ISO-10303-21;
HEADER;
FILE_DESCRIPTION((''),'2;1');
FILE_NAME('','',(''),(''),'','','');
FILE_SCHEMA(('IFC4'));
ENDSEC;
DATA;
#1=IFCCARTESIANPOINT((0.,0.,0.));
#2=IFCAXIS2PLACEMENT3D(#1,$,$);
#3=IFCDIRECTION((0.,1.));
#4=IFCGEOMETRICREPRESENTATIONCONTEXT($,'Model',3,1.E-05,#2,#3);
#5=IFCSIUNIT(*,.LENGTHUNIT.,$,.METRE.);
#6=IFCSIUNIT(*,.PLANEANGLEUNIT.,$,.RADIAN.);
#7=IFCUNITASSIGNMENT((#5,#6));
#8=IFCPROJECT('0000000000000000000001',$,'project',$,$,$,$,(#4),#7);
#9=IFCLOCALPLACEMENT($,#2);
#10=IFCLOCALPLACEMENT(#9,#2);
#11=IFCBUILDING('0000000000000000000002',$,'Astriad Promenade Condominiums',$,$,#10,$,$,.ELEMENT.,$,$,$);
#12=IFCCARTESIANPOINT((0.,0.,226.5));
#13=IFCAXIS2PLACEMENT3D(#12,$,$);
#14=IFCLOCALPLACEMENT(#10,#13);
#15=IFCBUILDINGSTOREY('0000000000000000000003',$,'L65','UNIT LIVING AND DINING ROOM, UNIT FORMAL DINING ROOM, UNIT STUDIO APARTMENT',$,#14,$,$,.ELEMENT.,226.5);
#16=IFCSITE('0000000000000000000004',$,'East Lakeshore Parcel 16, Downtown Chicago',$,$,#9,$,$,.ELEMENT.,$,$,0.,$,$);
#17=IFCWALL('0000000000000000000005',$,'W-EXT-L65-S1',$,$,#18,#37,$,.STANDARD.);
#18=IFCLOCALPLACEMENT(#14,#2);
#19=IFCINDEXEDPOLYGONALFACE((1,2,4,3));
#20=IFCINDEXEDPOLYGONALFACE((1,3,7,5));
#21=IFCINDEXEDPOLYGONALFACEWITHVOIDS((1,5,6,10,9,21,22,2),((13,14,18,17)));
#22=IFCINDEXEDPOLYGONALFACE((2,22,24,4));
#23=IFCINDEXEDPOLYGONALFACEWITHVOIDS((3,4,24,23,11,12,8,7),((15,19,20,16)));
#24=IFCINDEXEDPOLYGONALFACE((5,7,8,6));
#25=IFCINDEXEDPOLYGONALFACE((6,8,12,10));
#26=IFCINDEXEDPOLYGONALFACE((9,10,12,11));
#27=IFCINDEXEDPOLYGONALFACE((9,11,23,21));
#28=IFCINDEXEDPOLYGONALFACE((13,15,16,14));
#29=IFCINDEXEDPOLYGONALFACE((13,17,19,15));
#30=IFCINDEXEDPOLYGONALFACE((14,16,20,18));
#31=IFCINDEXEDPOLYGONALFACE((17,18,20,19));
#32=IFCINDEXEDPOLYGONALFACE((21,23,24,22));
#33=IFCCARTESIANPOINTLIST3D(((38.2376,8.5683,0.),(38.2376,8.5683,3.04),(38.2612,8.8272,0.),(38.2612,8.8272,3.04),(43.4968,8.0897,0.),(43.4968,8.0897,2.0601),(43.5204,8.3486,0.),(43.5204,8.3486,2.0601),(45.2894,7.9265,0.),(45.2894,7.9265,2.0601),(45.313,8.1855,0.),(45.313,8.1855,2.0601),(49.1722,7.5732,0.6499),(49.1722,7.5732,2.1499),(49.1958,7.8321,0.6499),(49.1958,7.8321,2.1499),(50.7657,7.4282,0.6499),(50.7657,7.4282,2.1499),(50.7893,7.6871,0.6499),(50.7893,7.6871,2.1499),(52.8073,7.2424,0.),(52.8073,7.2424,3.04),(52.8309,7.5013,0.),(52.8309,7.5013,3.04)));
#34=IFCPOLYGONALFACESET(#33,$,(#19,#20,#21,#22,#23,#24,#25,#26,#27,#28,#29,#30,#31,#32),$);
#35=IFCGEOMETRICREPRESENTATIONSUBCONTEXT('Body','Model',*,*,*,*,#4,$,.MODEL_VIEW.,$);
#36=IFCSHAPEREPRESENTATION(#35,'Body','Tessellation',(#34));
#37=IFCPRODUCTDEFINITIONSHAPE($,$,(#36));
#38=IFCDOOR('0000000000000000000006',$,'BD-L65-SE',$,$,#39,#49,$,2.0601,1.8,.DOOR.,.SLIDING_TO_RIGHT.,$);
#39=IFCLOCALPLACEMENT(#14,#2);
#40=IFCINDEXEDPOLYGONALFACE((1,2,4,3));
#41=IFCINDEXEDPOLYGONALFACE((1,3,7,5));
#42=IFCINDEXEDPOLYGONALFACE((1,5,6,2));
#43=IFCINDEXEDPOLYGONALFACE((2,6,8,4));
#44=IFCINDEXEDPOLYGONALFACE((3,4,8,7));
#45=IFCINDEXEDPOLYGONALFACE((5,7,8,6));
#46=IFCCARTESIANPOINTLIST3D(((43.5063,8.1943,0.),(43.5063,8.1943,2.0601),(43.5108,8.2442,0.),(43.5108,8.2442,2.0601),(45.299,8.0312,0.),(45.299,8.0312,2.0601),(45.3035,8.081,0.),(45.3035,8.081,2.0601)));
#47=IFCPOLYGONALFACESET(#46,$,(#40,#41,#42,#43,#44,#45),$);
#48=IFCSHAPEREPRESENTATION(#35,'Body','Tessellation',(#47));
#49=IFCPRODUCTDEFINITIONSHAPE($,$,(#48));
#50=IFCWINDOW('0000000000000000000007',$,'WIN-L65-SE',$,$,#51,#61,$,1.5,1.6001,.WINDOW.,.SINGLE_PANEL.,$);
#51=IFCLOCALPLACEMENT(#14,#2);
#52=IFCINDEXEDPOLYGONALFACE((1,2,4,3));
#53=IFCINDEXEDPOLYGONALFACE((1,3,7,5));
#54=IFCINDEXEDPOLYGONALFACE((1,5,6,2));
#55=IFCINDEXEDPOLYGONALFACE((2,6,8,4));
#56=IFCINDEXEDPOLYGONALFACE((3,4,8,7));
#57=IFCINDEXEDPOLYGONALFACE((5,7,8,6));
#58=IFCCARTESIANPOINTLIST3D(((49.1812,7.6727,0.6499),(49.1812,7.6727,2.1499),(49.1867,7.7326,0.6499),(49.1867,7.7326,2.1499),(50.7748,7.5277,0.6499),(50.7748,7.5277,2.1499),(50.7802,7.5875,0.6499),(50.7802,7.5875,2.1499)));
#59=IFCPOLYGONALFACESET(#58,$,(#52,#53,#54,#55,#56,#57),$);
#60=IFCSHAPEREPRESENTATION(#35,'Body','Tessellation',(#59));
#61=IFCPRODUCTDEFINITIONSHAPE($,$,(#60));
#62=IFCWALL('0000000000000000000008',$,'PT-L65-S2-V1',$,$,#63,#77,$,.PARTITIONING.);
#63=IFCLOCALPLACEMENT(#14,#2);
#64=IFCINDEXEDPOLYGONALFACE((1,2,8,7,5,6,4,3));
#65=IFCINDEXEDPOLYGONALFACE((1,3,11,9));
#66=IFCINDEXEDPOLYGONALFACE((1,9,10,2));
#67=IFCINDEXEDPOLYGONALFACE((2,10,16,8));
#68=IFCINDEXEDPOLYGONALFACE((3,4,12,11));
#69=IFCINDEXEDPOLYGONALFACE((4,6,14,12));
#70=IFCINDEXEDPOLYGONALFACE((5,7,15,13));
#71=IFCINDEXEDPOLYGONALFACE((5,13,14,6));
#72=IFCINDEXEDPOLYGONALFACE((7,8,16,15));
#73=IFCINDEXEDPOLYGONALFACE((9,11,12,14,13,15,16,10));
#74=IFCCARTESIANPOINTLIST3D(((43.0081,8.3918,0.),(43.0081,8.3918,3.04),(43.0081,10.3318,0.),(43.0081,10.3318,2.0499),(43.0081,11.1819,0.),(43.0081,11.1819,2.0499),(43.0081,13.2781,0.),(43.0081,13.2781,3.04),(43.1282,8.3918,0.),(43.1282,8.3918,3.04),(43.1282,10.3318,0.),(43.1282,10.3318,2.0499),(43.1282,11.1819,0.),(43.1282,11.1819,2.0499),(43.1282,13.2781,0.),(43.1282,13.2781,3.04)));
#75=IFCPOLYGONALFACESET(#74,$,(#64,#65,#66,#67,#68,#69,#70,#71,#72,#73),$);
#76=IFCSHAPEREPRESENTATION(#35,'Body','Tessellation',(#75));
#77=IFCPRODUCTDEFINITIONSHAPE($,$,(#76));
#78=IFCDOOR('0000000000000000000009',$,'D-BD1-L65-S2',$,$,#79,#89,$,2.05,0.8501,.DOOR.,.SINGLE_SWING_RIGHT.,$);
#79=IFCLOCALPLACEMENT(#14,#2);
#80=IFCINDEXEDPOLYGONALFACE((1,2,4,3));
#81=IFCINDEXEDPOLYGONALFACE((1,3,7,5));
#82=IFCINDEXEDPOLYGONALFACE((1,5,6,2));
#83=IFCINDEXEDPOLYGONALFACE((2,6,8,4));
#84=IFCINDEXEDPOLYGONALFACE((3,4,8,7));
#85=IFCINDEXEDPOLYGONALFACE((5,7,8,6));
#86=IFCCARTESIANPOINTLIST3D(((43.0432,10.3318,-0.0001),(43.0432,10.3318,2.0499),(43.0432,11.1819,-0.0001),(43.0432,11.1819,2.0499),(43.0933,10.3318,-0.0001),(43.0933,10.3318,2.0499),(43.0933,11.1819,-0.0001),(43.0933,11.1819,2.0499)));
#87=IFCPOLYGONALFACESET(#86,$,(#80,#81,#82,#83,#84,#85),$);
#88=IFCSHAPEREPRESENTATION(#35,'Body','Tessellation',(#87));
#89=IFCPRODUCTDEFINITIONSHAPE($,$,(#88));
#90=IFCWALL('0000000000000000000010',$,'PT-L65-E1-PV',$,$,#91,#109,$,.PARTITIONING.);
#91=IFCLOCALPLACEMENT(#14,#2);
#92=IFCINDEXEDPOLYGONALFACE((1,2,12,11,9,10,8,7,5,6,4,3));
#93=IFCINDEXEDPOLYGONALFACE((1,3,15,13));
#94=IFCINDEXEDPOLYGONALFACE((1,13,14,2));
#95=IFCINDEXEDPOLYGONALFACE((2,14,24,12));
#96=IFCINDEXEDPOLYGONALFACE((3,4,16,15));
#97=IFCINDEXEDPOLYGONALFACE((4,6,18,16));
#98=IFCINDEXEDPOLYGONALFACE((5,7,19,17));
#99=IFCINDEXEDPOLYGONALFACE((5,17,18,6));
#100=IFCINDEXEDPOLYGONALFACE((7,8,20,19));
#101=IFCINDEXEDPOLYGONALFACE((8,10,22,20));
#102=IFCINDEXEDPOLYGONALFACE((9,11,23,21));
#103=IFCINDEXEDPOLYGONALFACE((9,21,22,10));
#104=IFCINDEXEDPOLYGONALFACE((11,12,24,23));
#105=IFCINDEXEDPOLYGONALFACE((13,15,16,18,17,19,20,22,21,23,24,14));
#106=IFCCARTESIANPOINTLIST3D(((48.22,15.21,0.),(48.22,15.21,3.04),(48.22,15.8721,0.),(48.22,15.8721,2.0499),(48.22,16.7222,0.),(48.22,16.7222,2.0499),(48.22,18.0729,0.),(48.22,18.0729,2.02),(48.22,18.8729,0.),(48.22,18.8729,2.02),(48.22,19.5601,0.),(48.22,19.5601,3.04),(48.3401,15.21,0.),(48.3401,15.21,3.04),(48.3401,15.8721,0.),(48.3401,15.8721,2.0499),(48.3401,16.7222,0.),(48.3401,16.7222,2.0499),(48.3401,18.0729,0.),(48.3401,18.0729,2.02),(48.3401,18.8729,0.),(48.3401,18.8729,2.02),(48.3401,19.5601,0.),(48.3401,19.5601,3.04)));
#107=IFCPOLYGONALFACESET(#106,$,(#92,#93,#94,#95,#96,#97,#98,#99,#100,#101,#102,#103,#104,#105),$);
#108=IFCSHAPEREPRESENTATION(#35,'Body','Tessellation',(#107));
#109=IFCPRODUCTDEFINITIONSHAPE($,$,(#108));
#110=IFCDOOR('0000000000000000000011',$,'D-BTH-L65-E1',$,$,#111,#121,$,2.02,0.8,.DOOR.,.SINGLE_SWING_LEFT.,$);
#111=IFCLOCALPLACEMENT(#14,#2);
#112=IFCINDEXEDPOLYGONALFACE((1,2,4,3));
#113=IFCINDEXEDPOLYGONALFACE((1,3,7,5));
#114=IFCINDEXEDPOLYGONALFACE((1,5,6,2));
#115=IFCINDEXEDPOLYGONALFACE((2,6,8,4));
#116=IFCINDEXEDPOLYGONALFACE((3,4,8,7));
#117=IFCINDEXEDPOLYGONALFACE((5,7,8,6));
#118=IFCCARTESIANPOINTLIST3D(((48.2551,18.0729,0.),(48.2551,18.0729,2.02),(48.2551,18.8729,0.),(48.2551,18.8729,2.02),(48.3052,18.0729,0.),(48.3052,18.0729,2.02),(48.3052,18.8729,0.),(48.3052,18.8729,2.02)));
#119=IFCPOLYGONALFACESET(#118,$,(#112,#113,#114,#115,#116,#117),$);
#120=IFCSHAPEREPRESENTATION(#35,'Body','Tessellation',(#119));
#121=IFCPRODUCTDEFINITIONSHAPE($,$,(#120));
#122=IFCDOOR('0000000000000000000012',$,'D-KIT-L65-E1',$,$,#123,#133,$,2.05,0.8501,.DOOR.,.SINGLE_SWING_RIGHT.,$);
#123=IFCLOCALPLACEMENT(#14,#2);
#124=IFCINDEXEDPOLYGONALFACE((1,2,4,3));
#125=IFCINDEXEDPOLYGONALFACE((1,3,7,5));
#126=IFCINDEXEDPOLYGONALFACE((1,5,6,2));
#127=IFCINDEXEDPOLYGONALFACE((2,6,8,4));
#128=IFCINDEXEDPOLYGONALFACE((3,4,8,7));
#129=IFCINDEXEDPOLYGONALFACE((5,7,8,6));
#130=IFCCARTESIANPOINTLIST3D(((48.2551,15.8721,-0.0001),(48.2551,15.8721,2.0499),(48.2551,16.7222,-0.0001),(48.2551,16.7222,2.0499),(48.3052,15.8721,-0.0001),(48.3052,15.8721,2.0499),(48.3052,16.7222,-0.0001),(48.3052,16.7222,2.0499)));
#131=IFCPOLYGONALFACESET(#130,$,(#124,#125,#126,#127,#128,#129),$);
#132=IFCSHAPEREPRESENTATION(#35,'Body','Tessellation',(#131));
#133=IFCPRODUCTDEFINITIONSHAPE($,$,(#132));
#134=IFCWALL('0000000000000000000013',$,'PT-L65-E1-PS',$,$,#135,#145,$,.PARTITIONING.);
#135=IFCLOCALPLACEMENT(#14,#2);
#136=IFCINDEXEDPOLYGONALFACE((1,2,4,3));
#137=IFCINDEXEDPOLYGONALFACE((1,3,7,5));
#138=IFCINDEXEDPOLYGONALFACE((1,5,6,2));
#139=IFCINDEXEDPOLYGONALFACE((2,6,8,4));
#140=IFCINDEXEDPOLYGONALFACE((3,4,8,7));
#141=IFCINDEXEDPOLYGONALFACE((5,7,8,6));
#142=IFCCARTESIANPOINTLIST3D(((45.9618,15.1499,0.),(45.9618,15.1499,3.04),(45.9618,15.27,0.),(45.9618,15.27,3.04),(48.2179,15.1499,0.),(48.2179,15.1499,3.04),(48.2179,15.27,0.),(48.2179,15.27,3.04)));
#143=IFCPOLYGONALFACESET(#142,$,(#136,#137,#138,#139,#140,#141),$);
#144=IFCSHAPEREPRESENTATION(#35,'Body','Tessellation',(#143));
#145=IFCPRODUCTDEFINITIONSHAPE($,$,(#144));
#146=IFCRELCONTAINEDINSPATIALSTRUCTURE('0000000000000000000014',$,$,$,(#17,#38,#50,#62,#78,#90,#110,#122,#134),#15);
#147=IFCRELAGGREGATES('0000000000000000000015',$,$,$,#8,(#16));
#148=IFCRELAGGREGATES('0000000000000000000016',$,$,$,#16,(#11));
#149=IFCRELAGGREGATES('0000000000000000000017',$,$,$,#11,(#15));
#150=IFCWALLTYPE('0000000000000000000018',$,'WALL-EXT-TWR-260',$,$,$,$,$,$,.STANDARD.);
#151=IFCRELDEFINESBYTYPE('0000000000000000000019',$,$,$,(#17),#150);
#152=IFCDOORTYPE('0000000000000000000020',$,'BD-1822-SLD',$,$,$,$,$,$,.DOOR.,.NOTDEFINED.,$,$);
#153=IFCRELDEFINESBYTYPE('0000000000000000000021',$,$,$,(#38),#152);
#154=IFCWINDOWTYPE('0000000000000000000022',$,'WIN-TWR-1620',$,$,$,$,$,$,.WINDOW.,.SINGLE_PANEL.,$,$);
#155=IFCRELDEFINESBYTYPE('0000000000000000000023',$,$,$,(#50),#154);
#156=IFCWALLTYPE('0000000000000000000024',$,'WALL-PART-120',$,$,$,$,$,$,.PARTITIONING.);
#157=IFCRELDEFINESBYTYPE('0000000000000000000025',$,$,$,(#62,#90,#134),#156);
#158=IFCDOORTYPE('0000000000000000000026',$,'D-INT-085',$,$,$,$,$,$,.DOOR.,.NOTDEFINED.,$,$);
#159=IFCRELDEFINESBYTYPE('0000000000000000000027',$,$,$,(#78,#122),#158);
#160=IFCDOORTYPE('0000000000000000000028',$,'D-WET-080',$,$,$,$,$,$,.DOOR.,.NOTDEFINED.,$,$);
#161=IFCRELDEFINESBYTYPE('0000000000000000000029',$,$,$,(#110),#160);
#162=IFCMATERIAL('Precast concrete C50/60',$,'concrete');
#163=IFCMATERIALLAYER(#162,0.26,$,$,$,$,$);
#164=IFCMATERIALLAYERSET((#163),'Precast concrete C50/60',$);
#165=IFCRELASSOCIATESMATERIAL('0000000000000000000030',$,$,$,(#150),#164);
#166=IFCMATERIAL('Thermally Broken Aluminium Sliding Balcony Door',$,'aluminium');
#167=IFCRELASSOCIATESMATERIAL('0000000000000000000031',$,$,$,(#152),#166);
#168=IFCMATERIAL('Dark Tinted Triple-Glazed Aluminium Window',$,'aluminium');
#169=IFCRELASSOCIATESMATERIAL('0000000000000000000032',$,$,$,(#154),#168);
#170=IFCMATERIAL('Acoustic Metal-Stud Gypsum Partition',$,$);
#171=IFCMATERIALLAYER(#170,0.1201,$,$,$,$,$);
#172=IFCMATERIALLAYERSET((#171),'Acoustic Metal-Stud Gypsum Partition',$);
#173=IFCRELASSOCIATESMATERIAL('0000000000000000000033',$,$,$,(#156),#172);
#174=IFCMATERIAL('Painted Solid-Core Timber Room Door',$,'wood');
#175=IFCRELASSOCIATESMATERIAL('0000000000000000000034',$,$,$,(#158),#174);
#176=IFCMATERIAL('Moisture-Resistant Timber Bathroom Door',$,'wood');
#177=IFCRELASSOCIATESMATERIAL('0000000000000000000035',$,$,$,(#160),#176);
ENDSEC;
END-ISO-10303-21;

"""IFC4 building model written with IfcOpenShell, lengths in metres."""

from ifc_helpers import new_model, si_unit, direction, frame, frame_2d, origin, place, context, subcontext, project, spatial, rectangle, extrude, source, transform, mapped, material, layer, layer_set, type_object, type_shapes, element, fill, save


model = new_model("IFC4")

# Units and contexts
model_context = context("Model", 3, precision=1e-05, world=origin(), true_north=direction((0.0, 1.0)))
body_context = subcontext(model_context, "Body", "Model", "MODEL_VIEW")
ifc_project = project(units=[si_unit("LENGTHUNIT", "METRE"), si_unit("PLANEANGLEUNIT", "RADIAN")], contexts=[model_context])

# Site, building, storey
site_placement = place(None, origin())
site = spatial("IfcSite", under=ifc_project, at=site_placement, Name="East Lakeshore Parcel 16, Downtown Chicago", CompositionType="ELEMENT", RefElevation=0.0)
building_placement = place(site_placement, origin())
building = spatial("IfcBuilding", under=site, at=building_placement, Name="Astriad Promenade Condominiums", CompositionType="ELEMENT")
storey_placement = place(building_placement, frame((0.0, 0.0, 226.5)))
storey = spatial("IfcBuildingStorey", under=building, at=storey_placement, Name="L65", Description="UNIT LIVING AND DINING ROOM, UNIT FORMAL DINING ROOM, UNIT STUDIO APARTMENT", CompositionType="ELEMENT", Elevation=226.5)

# Shared definitions
ifc_material_1 = material(Name="Precast concrete C50/60", Category="concrete")
ifc_layer_1 = layer(ifc_material_1, 0.26)
ifc_layer_set_1 = layer_set([ifc_layer_1], Name="Precast concrete C50/60")
wall_type_1 = type_object("IfcWallType", Name="WALL-EXT-TWR-260", PredefinedType="STANDARD", material=ifc_layer_set_1)

# Wall, openings, door, window
wall_1_placement = place(storey_placement, frame((52.8191, 7.3718, 0.0), z_axis=(0.0, 0.0, 1.0), x_axis=(-0.995884, 0.090632, 0.0)))
wall_1 = element("IfcWall", 1, at=wall_1_placement, inside=storey, type_object=wall_type_1, Name="W-EXT-L65-S1", PredefinedType="STANDARD", context=body_context, shape_type="SweptSolid", body=[
    extrude(rectangle(XDim=14.6299, YDim=0.26, at=frame_2d((7.3149, 0.0))), origin(), (0.0, 0.0, 1.0), 3.04),
])
opening_1_placement = place(wall_1_placement, frame((7.5491, 0.0, 0.0)))
opening_1 = element("IfcOpeningElement", 2, at=opening_1_placement, cuts=wall_1, PredefinedType="OPENING", context=body_context, shape_type="SweptSolid", body=[
    extrude(rectangle(XDim=1.8, YDim=2.0601, at=frame_2d((0.8999, 1.03))), frame((0.0, 0.1399, 0.0), z_axis=(0.0, -1.0, 0.0), x_axis=(1.0, 0.0, 0.0)), (0.0, 0.0, 1.0), 0.28),
])
opening_2_placement = place(wall_1_placement, frame((2.05, 0.0, 0.6499)))
opening_2 = element("IfcOpeningElement", 3, at=opening_2_placement, cuts=wall_1, PredefinedType="OPENING", context=body_context, shape_type="SweptSolid", body=[
    extrude(rectangle(XDim=1.6001, YDim=1.5, at=frame_2d((0.8, 0.75))), frame((0.0, 0.1399, 0.0), z_axis=(0.0, -1.0, 0.0), x_axis=(1.0, 0.0, 0.0)), (0.0, 0.0, 1.0), 0.28),
])
ifc_material_2 = material(Name="Thermally Broken Aluminium Sliding Balcony Door", Category="aluminium")
door_type_1 = type_object("IfcDoorType", Name="BD-1822-SLD", OperationType="NOTDEFINED", PredefinedType="DOOR", material=ifc_material_2)
shared_shape_1 = source(origin(), body_context, "Body", "SweptSolid", [
    extrude(rectangle(XDim=1.8, YDim=2.0601, at=frame_2d((0.8999, 1.03))), frame((0.0, 0.0249, 0.0), z_axis=(0.0, -1.0, 0.0), x_axis=(1.0, 0.0, 0.0)), (0.0, 0.0, 1.0), 0.05),
])
type_shapes(door_type_1, [shared_shape_1])
door_1_placement = place(opening_1_placement, origin())
door_1 = element("IfcDoor", 4, at=door_1_placement, inside=storey, type_object=door_type_1, Name="BD-L65-SE", OperationType="SLIDING_TO_RIGHT", OverallHeight=2.0601, OverallWidth=1.8, PredefinedType="DOOR", context=body_context, shape_type="MappedRepresentation", body=[
    mapped(shared_shape_1, transform((0.0, 0.0, 0.0), scale=1.0)),
])
fill(opening_1, door_1)
ifc_material_3 = material(Name="Dark Tinted Triple-Glazed Aluminium Window", Category="aluminium")
window_type = type_object("IfcWindowType", Name="WIN-TWR-1620", PartitioningType="SINGLE_PANEL", PredefinedType="WINDOW", material=ifc_material_3)
shared_shape_2 = source(origin(), body_context, "Body", "SweptSolid", [
    extrude(rectangle(XDim=1.6001, YDim=1.5, at=frame_2d((0.8, 0.75))), frame((0.0, 0.03, 0.0), z_axis=(0.0, -1.0, 0.0), x_axis=(1.0, 0.0, 0.0)), (0.0, 0.0, 1.0), 0.0601),
])
type_shapes(window_type, [shared_shape_2])
window_placement = place(opening_2_placement, origin())
window = element("IfcWindow", 5, at=window_placement, inside=storey, type_object=window_type, Name="WIN-L65-SE", OverallHeight=1.5, OverallWidth=1.6001, PartitioningType="SINGLE_PANEL", PredefinedType="WINDOW", context=body_context, shape_type="MappedRepresentation", body=[
    mapped(shared_shape_2, transform((0.0, 0.0, 0.0), scale=1.0)),
])
fill(opening_2, window)

# Wall, opening, door
ifc_material_4 = material(Name="Acoustic Metal-Stud Gypsum Partition")
ifc_layer_2 = layer(ifc_material_4, 0.1201)
ifc_layer_set_2 = layer_set([ifc_layer_2], Name="Acoustic Metal-Stud Gypsum Partition")
wall_type_2 = type_object("IfcWallType", Name="WALL-PART-120", PredefinedType="PARTITIONING", material=ifc_layer_set_2)
wall_2_placement = place(storey_placement, frame((43.0681, 8.3918, 0.0), z_axis=(0.0, 0.0, 1.0), x_axis=(0.0, 1.0, 0.0)))
wall_2 = element("IfcWall", 6, at=wall_2_placement, inside=storey, type_object=wall_type_2, Name="PT-L65-S2-V1", PredefinedType="PARTITIONING", context=body_context, shape_type="SweptSolid", body=[
    extrude(rectangle(XDim=4.8862, YDim=0.1201, at=frame_2d((2.4431, 0.0))), origin(), (0.0, 0.0, 1.0), 3.04),
])
opening_3_placement = place(wall_2_placement, frame((1.9399, 0.0, 0.0)))
opening_3 = element("IfcOpeningElement", 7, at=opening_3_placement, cuts=wall_2, PredefinedType="OPENING", context=body_context, shape_type="SweptSolid", body=[
    extrude(rectangle(XDim=0.8501, YDim=2.05, at=frame_2d((0.425, 1.0249))), frame((0.0, 0.0701, 0.0), z_axis=(0.0, -1.0, 0.0), x_axis=(1.0, 0.0, 0.0)), (0.0, 0.0, 1.0), 0.1401),
])
ifc_material_5 = material(Name="Painted Solid-Core Timber Room Door", Category="wood")
door_type_2 = type_object("IfcDoorType", Name="D-INT-085", OperationType="NOTDEFINED", PredefinedType="DOOR", material=ifc_material_5)
shared_shape_3 = source(origin(), body_context, "Body", "SweptSolid", [
    extrude(rectangle(XDim=0.8501, YDim=2.05, at=frame_2d((0.425, 1.0249))), frame((0.0, 0.0249, 0.0), z_axis=(0.0, -1.0, 0.0), x_axis=(1.0, 0.0, 0.0)), (0.0, 0.0, 1.0), 0.05),
])
type_shapes(door_type_2, [shared_shape_3])
door_2_placement = place(opening_3_placement, origin())
door_2 = element("IfcDoor", 8, at=door_2_placement, inside=storey, type_object=door_type_2, Name="D-BD1-L65-S2", OperationType="SINGLE_SWING_RIGHT", OverallHeight=2.05, OverallWidth=0.8501, PredefinedType="DOOR", context=body_context, shape_type="MappedRepresentation", body=[
    mapped(shared_shape_3, transform((0.0, 0.0, 0.0), scale=1.0)),
])
fill(opening_3, door_2)

# Wall, openings, doors
wall_3_placement = place(storey_placement, frame((48.28, 15.21, 0.0), z_axis=(0.0, 0.0, 1.0), x_axis=(0.0, 1.0, 0.0)))
wall_3 = element("IfcWall", 9, at=wall_3_placement, inside=storey, type_object=wall_type_2, Name="PT-L65-E1-PV", PredefinedType="PARTITIONING", context=body_context, shape_type="SweptSolid", body=[
    extrude(rectangle(XDim=4.3501, YDim=0.1201, at=frame_2d((2.175, 0.0))), origin(), (0.0, 0.0, 1.0), 3.04),
])
opening_4_placement = place(wall_3_placement, frame((0.6621, 0.0, 0.0)))
opening_4 = element("IfcOpeningElement", 10, at=opening_4_placement, cuts=wall_3, PredefinedType="OPENING", context=body_context, shape_type="SweptSolid", body=[
    extrude(rectangle(XDim=0.8501, YDim=2.05, at=frame_2d((0.425, 1.0249))), frame((0.0, 0.0701, 0.0), z_axis=(0.0, -1.0, 0.0), x_axis=(1.0, 0.0, 0.0)), (0.0, 0.0, 1.0), 0.1401),
])
opening_5_placement = place(wall_3_placement, frame((2.863, 0.0, 0.0)))
opening_5 = element("IfcOpeningElement", 11, at=opening_5_placement, cuts=wall_3, PredefinedType="OPENING", context=body_context, shape_type="SweptSolid", body=[
    extrude(rectangle(XDim=0.8, YDim=2.02, at=frame_2d((0.3999, 1.01))), frame((0.0, 0.0701, 0.0), z_axis=(0.0, -1.0, 0.0), x_axis=(1.0, 0.0, 0.0)), (0.0, 0.0, 1.0), 0.1401),
])
ifc_material_6 = material(Name="Moisture-Resistant Timber Bathroom Door", Category="wood")
door_type_3 = type_object("IfcDoorType", Name="D-WET-080", OperationType="NOTDEFINED", PredefinedType="DOOR", material=ifc_material_6)
shared_shape_4 = source(origin(), body_context, "Body", "SweptSolid", [
    extrude(rectangle(XDim=0.8, YDim=2.02, at=frame_2d((0.3999, 1.01))), frame((0.0, 0.0249, 0.0), z_axis=(0.0, -1.0, 0.0), x_axis=(1.0, 0.0, 0.0)), (0.0, 0.0, 1.0), 0.05),
])
type_shapes(door_type_3, [shared_shape_4])
door_3_placement = place(opening_5_placement, origin())
door_3 = element("IfcDoor", 12, at=door_3_placement, inside=storey, type_object=door_type_3, Name="D-BTH-L65-E1", OperationType="SINGLE_SWING_LEFT", OverallHeight=2.02, OverallWidth=0.8, PredefinedType="DOOR", context=body_context, shape_type="MappedRepresentation", body=[
    mapped(shared_shape_4, transform((0.0, 0.0, 0.0), scale=1.0)),
])
fill(opening_5, door_3)
door_4_placement = place(opening_4_placement, origin())
door_4 = element("IfcDoor", 13, at=door_4_placement, inside=storey, type_object=door_type_2, Name="D-KIT-L65-E1", OperationType="SINGLE_SWING_RIGHT", OverallHeight=2.05, OverallWidth=0.8501, PredefinedType="DOOR", context=body_context, shape_type="MappedRepresentation", body=[
    mapped(shared_shape_3, transform((0.0, 0.0, 0.0), scale=1.0)),
])
fill(opening_4, door_4)

# Wall
wall_4_placement = place(storey_placement, frame((45.9619, 15.21, 0.0), z_axis=(0.0, 0.0, 1.0), x_axis=(1.0, 0.0, 0.0)))
element("IfcWall", 14, at=wall_4_placement, inside=storey, type_object=wall_type_2, Name="PT-L65-E1-PS", PredefinedType="PARTITIONING", context=body_context, shape_type="SweptSolid", body=[
    extrude(rectangle(XDim=2.2561, YDim=0.1201, at=frame_2d((1.1279, 0.0))), origin(), (0.0, 0.0, 1.0), 3.04),
])

save(model, "model.ifc")
